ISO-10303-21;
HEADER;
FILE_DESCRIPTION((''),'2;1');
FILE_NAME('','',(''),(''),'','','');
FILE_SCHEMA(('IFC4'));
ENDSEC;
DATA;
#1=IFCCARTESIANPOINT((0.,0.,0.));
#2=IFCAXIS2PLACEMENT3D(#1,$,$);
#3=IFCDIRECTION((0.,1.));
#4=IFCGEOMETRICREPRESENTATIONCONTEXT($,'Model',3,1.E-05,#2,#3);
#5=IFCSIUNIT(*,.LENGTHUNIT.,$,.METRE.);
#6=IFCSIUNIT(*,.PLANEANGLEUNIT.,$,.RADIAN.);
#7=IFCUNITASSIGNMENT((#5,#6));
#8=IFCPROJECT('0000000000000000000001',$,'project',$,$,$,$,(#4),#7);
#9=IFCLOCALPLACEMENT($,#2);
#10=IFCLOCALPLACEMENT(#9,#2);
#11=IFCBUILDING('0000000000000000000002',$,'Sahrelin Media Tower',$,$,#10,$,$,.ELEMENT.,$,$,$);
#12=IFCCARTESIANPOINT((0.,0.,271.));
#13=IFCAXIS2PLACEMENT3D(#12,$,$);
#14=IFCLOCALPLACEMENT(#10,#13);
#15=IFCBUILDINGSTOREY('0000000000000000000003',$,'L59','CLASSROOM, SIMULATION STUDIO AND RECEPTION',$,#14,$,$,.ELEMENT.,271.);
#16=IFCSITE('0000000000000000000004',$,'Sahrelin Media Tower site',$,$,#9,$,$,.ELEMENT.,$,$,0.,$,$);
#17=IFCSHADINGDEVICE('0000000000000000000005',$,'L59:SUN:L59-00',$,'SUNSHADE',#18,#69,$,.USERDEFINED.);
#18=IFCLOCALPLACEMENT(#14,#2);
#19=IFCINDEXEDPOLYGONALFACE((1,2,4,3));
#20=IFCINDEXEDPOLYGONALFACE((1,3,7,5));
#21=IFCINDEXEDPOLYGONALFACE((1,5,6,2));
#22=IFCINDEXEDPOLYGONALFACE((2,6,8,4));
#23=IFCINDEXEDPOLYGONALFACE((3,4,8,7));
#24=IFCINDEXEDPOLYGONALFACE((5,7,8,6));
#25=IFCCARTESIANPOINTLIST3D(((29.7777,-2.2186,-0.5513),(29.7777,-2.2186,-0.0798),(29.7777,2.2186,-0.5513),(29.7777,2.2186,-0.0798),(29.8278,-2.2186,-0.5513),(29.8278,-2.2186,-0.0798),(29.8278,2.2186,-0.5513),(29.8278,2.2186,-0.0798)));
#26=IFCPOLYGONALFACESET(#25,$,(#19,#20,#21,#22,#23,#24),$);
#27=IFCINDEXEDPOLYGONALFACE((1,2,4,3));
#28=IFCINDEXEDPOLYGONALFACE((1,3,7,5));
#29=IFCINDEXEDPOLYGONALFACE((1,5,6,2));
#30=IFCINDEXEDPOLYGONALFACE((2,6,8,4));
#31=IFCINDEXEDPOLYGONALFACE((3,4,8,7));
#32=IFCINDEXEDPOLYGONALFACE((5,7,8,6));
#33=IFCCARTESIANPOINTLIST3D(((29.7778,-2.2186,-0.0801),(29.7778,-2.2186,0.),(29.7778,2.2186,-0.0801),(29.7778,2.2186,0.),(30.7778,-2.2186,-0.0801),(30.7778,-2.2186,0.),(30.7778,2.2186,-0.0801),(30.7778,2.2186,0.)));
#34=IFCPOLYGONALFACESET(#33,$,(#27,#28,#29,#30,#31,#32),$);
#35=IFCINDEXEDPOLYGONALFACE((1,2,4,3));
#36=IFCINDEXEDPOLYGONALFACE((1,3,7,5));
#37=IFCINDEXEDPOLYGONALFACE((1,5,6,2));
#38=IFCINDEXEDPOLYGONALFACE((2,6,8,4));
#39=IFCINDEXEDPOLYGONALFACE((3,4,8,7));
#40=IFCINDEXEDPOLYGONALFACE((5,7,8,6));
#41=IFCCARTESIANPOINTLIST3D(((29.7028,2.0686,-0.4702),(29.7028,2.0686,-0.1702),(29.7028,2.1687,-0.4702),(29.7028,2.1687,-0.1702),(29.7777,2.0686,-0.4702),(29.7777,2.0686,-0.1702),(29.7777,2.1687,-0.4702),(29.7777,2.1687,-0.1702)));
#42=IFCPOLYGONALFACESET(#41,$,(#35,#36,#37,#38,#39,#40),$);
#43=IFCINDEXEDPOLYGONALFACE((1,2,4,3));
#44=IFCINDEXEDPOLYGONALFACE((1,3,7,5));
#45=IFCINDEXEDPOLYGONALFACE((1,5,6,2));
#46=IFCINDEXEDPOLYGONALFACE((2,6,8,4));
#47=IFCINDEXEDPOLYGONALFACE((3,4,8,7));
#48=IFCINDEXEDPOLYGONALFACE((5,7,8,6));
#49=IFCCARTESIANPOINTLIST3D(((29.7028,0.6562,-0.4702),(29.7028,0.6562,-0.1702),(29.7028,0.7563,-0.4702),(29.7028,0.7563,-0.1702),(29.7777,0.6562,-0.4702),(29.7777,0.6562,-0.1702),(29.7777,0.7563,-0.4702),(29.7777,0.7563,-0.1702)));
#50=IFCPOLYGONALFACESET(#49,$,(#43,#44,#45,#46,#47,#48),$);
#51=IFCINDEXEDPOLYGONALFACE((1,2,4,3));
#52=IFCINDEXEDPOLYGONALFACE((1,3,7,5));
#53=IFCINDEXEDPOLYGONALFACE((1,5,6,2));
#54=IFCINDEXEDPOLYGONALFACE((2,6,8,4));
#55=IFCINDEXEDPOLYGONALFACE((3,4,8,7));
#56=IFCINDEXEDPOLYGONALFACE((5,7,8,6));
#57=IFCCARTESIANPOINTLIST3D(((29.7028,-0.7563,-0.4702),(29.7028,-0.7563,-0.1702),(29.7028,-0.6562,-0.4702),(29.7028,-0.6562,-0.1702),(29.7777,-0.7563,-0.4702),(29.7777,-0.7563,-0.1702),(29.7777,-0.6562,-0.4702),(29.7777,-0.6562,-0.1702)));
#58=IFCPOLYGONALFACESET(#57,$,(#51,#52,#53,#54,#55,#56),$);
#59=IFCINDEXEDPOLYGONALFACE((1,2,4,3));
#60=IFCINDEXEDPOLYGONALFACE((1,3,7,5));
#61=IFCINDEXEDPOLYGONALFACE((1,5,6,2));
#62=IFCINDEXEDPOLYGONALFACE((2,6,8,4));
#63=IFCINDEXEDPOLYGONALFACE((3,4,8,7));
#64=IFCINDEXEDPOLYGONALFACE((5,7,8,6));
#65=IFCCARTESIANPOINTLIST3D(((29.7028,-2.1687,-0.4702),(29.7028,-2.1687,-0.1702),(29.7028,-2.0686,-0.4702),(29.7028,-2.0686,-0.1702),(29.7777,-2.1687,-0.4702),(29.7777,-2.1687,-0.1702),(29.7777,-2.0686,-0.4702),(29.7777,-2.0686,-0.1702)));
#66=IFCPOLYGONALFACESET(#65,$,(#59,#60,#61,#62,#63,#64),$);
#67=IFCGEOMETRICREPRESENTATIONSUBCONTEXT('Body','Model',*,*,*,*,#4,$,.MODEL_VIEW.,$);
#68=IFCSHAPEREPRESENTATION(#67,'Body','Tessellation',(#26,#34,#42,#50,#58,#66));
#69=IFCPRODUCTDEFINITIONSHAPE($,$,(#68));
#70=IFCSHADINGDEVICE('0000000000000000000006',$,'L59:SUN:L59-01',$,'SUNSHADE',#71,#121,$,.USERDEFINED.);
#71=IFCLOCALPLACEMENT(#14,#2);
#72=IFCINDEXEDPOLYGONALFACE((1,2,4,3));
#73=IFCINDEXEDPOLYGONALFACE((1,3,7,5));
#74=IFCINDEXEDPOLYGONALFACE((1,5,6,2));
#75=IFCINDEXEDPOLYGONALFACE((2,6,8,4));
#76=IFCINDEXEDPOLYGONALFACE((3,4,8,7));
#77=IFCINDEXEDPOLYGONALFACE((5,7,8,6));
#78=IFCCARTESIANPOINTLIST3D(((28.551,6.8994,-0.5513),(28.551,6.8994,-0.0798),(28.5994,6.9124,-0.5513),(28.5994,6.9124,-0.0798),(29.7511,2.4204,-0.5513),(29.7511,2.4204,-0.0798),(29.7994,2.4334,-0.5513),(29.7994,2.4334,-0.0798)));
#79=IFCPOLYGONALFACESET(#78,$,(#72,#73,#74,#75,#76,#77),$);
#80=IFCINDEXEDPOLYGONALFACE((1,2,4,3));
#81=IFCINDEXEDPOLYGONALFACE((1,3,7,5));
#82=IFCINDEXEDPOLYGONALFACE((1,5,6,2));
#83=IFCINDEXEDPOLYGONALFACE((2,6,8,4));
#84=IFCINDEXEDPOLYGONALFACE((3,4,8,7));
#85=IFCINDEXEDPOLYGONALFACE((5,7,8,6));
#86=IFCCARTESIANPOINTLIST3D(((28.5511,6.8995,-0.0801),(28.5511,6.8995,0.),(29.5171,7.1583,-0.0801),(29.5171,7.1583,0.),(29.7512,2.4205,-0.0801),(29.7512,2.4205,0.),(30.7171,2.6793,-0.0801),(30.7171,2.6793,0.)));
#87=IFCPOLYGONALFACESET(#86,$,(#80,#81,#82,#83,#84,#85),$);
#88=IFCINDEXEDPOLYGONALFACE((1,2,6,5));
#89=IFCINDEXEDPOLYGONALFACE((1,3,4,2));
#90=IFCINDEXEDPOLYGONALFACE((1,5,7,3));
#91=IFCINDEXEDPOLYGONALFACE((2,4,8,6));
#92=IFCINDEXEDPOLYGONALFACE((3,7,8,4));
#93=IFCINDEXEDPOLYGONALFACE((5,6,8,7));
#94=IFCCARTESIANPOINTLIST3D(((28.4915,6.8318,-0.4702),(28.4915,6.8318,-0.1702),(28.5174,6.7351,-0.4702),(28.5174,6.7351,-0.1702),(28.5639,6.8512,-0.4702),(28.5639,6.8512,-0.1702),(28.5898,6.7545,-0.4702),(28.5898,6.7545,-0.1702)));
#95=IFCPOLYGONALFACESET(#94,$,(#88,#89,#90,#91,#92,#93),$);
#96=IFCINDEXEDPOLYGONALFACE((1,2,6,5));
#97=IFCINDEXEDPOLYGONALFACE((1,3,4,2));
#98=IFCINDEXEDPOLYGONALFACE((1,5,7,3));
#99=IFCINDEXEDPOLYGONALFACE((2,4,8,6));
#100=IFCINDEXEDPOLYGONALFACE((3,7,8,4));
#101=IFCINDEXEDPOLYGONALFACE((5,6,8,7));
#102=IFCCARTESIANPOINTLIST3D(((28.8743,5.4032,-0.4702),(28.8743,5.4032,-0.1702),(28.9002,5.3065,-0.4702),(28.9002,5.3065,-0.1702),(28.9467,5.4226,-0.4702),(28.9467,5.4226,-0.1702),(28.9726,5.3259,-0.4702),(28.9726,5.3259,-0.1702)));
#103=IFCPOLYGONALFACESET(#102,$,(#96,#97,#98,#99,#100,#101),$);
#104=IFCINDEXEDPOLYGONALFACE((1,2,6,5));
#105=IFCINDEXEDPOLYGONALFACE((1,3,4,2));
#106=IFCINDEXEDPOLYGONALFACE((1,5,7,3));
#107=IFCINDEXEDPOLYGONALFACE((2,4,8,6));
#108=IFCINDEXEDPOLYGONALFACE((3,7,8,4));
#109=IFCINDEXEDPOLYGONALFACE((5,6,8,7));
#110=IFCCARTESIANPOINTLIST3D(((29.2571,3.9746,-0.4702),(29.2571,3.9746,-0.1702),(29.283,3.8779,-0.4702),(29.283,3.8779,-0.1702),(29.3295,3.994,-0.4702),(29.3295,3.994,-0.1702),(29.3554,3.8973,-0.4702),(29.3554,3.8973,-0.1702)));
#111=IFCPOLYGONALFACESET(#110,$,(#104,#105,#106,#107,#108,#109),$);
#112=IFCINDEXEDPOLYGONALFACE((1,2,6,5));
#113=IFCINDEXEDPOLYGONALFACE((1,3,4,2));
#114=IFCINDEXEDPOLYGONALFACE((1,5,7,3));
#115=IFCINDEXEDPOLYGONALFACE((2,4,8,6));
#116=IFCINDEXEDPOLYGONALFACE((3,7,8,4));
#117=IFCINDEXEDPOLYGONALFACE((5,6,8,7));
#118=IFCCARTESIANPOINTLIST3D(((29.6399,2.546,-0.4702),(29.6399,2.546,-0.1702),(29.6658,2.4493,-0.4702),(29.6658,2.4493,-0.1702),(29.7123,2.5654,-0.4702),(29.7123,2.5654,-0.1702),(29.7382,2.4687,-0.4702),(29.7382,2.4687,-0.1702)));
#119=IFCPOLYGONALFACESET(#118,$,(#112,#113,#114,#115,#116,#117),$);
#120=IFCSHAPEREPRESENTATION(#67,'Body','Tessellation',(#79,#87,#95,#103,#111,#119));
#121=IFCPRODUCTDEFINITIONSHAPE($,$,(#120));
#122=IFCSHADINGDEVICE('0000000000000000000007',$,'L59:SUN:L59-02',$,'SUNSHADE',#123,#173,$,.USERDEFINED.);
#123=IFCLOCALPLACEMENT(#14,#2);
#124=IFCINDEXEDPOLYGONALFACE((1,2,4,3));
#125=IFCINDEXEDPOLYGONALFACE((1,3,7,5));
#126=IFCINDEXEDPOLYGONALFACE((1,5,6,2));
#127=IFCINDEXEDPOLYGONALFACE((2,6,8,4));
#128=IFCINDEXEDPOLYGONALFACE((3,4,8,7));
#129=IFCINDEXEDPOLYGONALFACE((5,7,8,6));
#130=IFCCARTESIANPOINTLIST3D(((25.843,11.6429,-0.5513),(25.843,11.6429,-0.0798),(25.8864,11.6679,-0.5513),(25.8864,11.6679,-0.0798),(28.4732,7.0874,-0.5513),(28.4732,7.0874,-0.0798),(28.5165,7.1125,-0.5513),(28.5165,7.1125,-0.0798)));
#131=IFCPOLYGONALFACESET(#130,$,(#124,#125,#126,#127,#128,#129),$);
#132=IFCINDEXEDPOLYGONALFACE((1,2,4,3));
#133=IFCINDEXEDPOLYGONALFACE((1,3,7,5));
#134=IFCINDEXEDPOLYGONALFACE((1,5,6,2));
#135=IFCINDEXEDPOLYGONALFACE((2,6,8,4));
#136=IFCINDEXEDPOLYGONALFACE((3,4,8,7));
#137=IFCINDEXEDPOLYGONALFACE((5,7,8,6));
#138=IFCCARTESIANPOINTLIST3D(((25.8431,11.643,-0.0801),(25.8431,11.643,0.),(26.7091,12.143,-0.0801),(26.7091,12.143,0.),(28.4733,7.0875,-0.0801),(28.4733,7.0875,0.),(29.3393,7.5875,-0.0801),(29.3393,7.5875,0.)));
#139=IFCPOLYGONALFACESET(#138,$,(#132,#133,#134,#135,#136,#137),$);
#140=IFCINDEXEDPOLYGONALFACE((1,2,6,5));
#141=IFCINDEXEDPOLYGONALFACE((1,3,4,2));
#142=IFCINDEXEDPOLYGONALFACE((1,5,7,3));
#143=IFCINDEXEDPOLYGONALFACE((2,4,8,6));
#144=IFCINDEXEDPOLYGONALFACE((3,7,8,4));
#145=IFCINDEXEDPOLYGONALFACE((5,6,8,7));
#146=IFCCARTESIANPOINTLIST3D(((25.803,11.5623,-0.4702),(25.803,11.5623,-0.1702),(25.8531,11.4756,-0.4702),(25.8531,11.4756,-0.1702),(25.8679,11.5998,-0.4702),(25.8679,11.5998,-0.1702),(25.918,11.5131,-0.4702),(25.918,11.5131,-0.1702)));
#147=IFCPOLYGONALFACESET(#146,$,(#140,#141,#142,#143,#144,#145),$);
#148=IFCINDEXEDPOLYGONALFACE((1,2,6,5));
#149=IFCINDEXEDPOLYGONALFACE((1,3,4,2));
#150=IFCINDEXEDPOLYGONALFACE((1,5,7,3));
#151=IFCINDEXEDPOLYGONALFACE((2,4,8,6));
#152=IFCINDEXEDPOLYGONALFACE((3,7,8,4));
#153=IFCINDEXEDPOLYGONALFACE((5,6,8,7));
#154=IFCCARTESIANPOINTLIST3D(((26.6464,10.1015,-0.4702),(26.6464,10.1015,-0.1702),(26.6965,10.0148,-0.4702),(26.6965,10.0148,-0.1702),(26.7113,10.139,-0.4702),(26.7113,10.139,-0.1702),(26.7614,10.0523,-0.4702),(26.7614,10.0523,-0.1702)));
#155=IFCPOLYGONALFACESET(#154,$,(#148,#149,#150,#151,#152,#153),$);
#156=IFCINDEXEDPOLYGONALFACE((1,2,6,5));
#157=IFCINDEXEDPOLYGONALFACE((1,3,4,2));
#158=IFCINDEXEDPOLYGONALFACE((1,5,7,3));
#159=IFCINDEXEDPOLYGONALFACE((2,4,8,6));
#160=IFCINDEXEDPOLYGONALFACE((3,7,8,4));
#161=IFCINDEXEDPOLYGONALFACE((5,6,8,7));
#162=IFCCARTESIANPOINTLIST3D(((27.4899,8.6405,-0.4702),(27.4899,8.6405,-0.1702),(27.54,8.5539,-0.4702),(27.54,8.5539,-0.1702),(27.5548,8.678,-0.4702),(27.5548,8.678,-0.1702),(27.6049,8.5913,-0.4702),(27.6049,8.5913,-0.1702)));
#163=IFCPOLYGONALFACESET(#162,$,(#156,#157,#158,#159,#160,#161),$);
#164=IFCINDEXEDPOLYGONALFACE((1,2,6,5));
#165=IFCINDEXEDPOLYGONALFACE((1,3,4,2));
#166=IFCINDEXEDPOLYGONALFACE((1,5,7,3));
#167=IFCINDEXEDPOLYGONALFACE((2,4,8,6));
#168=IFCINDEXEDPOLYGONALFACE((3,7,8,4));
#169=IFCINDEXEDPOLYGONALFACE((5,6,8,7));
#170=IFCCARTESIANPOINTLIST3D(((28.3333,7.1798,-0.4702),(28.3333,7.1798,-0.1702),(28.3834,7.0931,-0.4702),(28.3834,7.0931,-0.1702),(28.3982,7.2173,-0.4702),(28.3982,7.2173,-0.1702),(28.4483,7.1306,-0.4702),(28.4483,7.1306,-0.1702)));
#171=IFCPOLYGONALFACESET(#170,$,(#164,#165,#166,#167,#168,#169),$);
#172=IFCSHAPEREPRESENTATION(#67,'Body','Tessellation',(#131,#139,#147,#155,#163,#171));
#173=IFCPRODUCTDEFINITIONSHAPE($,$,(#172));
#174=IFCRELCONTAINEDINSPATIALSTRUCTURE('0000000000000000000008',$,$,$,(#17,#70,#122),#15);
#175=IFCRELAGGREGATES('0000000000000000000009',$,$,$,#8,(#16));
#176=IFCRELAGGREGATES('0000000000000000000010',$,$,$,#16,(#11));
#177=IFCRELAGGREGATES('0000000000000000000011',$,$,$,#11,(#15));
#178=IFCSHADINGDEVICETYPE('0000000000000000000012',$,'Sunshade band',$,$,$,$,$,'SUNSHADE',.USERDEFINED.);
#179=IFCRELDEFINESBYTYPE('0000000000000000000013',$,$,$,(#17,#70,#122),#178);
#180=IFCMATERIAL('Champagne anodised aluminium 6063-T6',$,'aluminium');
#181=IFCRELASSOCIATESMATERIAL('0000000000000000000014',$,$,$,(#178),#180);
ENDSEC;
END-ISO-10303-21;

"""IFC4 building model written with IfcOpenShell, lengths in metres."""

from ifc_helpers import new_model, si_unit, direction, frame, origin, origin_2d, place, context, subcontext, project, spatial, rectangle, extrude, material, type_object, element, save


model = new_model("IFC4")

# Units and contexts
model_context = context("Model", 3, precision=1e-05, world=origin(), true_north=direction((0.0, 1.0)))
body_context = subcontext(model_context, "Body", "Model", "MODEL_VIEW")
ifc_project = project(units=[si_unit("LENGTHUNIT", "METRE"), si_unit("PLANEANGLEUNIT", "RADIAN")], contexts=[model_context])

# Site, building, storey
site_placement = place(None, origin())
site = spatial("IfcSite", under=ifc_project, at=site_placement, Name="Sahrelin Media Tower site", CompositionType="ELEMENT", RefElevation=0.0)
building_placement = place(site_placement, origin())
building = spatial("IfcBuilding", under=site, at=building_placement, Name="Sahrelin Media Tower", CompositionType="ELEMENT")
storey_placement = place(building_placement, frame((0.0, 0.0, 271.0)))
storey = spatial("IfcBuildingStorey", under=building, at=storey_placement, Name="L59", Description="CLASSROOM, SIMULATION STUDIO AND RECEPTION", CompositionType="ELEMENT", Elevation=271.0)

# Shared definitions
ifc_material_1 = material(Name="Champagne anodised aluminium 6063-T6", Category="aluminium")

# Shading devices
placement_1 = place(storey_placement, frame((29.7578, 0.0, 0.0), z_axis=(0.0, 0.0, 1.0), x_axis=(0.0, -1.0, 0.0)))
placement_2 = place(storey_placement, frame((29.1318, 4.6548, 0.0), z_axis=(0.0, 0.0, 1.0), x_axis=(0.258808, -0.965929, 0.0)))
placement_3 = place(storey_placement, frame((27.1409, 9.3552, 0.0), z_axis=(0.0, 0.0, 1.0), x_axis=(0.500011, -0.866019, 0.0)))
shading_device_type_1 = type_object("IfcShadingDeviceType", Name="Sunshade band", ElementType="SUNSHADE", PredefinedType="USERDEFINED", material=ifc_material_1)
element("IfcShadingDevice", 1, at=placement_1, inside=storey, type_object=shading_device_type_1, Name="L59:SUN:L59-00", ObjectType="SUNSHADE", PredefinedType="USERDEFINED", context=body_context, shape_type="SweptSolid", body=[
    extrude(rectangle(XDim=4.4373, YDim=0.05, at=origin_2d()), frame((0.0, 0.0449, -0.5513)), (0.0, 0.0, 1.0), 0.4714),
    extrude(rectangle(XDim=4.4373, YDim=1.0, at=origin_2d()), frame((0.0, 0.52, -0.0801)), (0.0, 0.0, 1.0), 0.0801),
    extrude(rectangle(XDim=0.1001, YDim=0.075, at=origin_2d()), frame((-2.1187, -0.0176, -0.4702)), (0.0, 0.0, 1.0), 0.3),
    extrude(rectangle(XDim=0.1001, YDim=0.075, at=origin_2d()), frame((-0.7063, -0.0176, -0.4702)), (0.0, 0.0, 1.0), 0.3),
    extrude(rectangle(XDim=0.1001, YDim=0.075, at=origin_2d()), frame((0.7063, -0.0176, -0.4702)), (0.0, 0.0, 1.0), 0.3),
    extrude(rectangle(XDim=0.1001, YDim=0.075, at=origin_2d()), frame((2.1187, -0.0176, -0.4702)), (0.0, 0.0, 1.0), 0.3),
])
element("IfcShadingDevice", 2, at=placement_2, inside=storey, type_object=shading_device_type_1, Name="L59:SUN:L59-01", ObjectType="SUNSHADE", PredefinedType="USERDEFINED", context=body_context, shape_type="SweptSolid", body=[
    extrude(rectangle(XDim=4.637, YDim=0.05, at=origin_2d()), frame((0.0, 0.0449, -0.5513)), (0.0, 0.0, 1.0), 0.4714),
    extrude(rectangle(XDim=4.637, YDim=1.0, at=origin_2d()), frame((0.0, 0.52, -0.0801)), (0.0, 0.0, 1.0), 0.0801),
    extrude(rectangle(XDim=0.1001, YDim=0.075, at=origin_2d()), frame((-2.2185, -0.0176, -0.4702)), (0.0, 0.0, 1.0), 0.3),
    extrude(rectangle(XDim=0.1001, YDim=0.075, at=origin_2d()), frame((-0.7395, -0.0176, -0.4702)), (0.0, 0.0, 1.0), 0.3),
    extrude(rectangle(XDim=0.1001, YDim=0.075, at=origin_2d()), frame((0.7395, -0.0176, -0.4702)), (0.0, 0.0, 1.0), 0.3),
    extrude(rectangle(XDim=0.1001, YDim=0.075, at=origin_2d()), frame((2.2185, -0.0176, -0.4702)), (0.0, 0.0, 1.0), 0.3),
])
element("IfcShadingDevice", 3, at=placement_3, inside=storey, type_object=shading_device_type_1, Name="L59:SUN:L59-02", ObjectType="SUNSHADE", PredefinedType="USERDEFINED", context=body_context, shape_type="SweptSolid", body=[
    extrude(rectangle(XDim=5.2603, YDim=0.05, at=origin_2d()), frame((0.0, 0.0449, -0.5513)), (0.0, 0.0, 1.0), 0.4714),
    extrude(rectangle(XDim=5.2603, YDim=1.0, at=origin_2d()), frame((0.0, 0.52, -0.0801)), (0.0, 0.0, 1.0), 0.0801),
    extrude(rectangle(XDim=0.1001, YDim=0.075, at=origin_2d()), frame((-2.5303, -0.0176, -0.4702)), (0.0, 0.0, 1.0), 0.3),
    extrude(rectangle(XDim=0.1001, YDim=0.075, at=origin_2d()), frame((-0.8435, -0.0176, -0.4702)), (0.0, 0.0, 1.0), 0.3),
    extrude(rectangle(XDim=0.1001, YDim=0.075, at=origin_2d()), frame((0.8435, -0.0176, -0.4702)), (0.0, 0.0, 1.0), 0.3),
    extrude(rectangle(XDim=0.1001, YDim=0.075, at=origin_2d()), frame((2.5303, -0.0176, -0.4702)), (0.0, 0.0, 1.0), 0.3),
])

save(model, "model.ifc")
